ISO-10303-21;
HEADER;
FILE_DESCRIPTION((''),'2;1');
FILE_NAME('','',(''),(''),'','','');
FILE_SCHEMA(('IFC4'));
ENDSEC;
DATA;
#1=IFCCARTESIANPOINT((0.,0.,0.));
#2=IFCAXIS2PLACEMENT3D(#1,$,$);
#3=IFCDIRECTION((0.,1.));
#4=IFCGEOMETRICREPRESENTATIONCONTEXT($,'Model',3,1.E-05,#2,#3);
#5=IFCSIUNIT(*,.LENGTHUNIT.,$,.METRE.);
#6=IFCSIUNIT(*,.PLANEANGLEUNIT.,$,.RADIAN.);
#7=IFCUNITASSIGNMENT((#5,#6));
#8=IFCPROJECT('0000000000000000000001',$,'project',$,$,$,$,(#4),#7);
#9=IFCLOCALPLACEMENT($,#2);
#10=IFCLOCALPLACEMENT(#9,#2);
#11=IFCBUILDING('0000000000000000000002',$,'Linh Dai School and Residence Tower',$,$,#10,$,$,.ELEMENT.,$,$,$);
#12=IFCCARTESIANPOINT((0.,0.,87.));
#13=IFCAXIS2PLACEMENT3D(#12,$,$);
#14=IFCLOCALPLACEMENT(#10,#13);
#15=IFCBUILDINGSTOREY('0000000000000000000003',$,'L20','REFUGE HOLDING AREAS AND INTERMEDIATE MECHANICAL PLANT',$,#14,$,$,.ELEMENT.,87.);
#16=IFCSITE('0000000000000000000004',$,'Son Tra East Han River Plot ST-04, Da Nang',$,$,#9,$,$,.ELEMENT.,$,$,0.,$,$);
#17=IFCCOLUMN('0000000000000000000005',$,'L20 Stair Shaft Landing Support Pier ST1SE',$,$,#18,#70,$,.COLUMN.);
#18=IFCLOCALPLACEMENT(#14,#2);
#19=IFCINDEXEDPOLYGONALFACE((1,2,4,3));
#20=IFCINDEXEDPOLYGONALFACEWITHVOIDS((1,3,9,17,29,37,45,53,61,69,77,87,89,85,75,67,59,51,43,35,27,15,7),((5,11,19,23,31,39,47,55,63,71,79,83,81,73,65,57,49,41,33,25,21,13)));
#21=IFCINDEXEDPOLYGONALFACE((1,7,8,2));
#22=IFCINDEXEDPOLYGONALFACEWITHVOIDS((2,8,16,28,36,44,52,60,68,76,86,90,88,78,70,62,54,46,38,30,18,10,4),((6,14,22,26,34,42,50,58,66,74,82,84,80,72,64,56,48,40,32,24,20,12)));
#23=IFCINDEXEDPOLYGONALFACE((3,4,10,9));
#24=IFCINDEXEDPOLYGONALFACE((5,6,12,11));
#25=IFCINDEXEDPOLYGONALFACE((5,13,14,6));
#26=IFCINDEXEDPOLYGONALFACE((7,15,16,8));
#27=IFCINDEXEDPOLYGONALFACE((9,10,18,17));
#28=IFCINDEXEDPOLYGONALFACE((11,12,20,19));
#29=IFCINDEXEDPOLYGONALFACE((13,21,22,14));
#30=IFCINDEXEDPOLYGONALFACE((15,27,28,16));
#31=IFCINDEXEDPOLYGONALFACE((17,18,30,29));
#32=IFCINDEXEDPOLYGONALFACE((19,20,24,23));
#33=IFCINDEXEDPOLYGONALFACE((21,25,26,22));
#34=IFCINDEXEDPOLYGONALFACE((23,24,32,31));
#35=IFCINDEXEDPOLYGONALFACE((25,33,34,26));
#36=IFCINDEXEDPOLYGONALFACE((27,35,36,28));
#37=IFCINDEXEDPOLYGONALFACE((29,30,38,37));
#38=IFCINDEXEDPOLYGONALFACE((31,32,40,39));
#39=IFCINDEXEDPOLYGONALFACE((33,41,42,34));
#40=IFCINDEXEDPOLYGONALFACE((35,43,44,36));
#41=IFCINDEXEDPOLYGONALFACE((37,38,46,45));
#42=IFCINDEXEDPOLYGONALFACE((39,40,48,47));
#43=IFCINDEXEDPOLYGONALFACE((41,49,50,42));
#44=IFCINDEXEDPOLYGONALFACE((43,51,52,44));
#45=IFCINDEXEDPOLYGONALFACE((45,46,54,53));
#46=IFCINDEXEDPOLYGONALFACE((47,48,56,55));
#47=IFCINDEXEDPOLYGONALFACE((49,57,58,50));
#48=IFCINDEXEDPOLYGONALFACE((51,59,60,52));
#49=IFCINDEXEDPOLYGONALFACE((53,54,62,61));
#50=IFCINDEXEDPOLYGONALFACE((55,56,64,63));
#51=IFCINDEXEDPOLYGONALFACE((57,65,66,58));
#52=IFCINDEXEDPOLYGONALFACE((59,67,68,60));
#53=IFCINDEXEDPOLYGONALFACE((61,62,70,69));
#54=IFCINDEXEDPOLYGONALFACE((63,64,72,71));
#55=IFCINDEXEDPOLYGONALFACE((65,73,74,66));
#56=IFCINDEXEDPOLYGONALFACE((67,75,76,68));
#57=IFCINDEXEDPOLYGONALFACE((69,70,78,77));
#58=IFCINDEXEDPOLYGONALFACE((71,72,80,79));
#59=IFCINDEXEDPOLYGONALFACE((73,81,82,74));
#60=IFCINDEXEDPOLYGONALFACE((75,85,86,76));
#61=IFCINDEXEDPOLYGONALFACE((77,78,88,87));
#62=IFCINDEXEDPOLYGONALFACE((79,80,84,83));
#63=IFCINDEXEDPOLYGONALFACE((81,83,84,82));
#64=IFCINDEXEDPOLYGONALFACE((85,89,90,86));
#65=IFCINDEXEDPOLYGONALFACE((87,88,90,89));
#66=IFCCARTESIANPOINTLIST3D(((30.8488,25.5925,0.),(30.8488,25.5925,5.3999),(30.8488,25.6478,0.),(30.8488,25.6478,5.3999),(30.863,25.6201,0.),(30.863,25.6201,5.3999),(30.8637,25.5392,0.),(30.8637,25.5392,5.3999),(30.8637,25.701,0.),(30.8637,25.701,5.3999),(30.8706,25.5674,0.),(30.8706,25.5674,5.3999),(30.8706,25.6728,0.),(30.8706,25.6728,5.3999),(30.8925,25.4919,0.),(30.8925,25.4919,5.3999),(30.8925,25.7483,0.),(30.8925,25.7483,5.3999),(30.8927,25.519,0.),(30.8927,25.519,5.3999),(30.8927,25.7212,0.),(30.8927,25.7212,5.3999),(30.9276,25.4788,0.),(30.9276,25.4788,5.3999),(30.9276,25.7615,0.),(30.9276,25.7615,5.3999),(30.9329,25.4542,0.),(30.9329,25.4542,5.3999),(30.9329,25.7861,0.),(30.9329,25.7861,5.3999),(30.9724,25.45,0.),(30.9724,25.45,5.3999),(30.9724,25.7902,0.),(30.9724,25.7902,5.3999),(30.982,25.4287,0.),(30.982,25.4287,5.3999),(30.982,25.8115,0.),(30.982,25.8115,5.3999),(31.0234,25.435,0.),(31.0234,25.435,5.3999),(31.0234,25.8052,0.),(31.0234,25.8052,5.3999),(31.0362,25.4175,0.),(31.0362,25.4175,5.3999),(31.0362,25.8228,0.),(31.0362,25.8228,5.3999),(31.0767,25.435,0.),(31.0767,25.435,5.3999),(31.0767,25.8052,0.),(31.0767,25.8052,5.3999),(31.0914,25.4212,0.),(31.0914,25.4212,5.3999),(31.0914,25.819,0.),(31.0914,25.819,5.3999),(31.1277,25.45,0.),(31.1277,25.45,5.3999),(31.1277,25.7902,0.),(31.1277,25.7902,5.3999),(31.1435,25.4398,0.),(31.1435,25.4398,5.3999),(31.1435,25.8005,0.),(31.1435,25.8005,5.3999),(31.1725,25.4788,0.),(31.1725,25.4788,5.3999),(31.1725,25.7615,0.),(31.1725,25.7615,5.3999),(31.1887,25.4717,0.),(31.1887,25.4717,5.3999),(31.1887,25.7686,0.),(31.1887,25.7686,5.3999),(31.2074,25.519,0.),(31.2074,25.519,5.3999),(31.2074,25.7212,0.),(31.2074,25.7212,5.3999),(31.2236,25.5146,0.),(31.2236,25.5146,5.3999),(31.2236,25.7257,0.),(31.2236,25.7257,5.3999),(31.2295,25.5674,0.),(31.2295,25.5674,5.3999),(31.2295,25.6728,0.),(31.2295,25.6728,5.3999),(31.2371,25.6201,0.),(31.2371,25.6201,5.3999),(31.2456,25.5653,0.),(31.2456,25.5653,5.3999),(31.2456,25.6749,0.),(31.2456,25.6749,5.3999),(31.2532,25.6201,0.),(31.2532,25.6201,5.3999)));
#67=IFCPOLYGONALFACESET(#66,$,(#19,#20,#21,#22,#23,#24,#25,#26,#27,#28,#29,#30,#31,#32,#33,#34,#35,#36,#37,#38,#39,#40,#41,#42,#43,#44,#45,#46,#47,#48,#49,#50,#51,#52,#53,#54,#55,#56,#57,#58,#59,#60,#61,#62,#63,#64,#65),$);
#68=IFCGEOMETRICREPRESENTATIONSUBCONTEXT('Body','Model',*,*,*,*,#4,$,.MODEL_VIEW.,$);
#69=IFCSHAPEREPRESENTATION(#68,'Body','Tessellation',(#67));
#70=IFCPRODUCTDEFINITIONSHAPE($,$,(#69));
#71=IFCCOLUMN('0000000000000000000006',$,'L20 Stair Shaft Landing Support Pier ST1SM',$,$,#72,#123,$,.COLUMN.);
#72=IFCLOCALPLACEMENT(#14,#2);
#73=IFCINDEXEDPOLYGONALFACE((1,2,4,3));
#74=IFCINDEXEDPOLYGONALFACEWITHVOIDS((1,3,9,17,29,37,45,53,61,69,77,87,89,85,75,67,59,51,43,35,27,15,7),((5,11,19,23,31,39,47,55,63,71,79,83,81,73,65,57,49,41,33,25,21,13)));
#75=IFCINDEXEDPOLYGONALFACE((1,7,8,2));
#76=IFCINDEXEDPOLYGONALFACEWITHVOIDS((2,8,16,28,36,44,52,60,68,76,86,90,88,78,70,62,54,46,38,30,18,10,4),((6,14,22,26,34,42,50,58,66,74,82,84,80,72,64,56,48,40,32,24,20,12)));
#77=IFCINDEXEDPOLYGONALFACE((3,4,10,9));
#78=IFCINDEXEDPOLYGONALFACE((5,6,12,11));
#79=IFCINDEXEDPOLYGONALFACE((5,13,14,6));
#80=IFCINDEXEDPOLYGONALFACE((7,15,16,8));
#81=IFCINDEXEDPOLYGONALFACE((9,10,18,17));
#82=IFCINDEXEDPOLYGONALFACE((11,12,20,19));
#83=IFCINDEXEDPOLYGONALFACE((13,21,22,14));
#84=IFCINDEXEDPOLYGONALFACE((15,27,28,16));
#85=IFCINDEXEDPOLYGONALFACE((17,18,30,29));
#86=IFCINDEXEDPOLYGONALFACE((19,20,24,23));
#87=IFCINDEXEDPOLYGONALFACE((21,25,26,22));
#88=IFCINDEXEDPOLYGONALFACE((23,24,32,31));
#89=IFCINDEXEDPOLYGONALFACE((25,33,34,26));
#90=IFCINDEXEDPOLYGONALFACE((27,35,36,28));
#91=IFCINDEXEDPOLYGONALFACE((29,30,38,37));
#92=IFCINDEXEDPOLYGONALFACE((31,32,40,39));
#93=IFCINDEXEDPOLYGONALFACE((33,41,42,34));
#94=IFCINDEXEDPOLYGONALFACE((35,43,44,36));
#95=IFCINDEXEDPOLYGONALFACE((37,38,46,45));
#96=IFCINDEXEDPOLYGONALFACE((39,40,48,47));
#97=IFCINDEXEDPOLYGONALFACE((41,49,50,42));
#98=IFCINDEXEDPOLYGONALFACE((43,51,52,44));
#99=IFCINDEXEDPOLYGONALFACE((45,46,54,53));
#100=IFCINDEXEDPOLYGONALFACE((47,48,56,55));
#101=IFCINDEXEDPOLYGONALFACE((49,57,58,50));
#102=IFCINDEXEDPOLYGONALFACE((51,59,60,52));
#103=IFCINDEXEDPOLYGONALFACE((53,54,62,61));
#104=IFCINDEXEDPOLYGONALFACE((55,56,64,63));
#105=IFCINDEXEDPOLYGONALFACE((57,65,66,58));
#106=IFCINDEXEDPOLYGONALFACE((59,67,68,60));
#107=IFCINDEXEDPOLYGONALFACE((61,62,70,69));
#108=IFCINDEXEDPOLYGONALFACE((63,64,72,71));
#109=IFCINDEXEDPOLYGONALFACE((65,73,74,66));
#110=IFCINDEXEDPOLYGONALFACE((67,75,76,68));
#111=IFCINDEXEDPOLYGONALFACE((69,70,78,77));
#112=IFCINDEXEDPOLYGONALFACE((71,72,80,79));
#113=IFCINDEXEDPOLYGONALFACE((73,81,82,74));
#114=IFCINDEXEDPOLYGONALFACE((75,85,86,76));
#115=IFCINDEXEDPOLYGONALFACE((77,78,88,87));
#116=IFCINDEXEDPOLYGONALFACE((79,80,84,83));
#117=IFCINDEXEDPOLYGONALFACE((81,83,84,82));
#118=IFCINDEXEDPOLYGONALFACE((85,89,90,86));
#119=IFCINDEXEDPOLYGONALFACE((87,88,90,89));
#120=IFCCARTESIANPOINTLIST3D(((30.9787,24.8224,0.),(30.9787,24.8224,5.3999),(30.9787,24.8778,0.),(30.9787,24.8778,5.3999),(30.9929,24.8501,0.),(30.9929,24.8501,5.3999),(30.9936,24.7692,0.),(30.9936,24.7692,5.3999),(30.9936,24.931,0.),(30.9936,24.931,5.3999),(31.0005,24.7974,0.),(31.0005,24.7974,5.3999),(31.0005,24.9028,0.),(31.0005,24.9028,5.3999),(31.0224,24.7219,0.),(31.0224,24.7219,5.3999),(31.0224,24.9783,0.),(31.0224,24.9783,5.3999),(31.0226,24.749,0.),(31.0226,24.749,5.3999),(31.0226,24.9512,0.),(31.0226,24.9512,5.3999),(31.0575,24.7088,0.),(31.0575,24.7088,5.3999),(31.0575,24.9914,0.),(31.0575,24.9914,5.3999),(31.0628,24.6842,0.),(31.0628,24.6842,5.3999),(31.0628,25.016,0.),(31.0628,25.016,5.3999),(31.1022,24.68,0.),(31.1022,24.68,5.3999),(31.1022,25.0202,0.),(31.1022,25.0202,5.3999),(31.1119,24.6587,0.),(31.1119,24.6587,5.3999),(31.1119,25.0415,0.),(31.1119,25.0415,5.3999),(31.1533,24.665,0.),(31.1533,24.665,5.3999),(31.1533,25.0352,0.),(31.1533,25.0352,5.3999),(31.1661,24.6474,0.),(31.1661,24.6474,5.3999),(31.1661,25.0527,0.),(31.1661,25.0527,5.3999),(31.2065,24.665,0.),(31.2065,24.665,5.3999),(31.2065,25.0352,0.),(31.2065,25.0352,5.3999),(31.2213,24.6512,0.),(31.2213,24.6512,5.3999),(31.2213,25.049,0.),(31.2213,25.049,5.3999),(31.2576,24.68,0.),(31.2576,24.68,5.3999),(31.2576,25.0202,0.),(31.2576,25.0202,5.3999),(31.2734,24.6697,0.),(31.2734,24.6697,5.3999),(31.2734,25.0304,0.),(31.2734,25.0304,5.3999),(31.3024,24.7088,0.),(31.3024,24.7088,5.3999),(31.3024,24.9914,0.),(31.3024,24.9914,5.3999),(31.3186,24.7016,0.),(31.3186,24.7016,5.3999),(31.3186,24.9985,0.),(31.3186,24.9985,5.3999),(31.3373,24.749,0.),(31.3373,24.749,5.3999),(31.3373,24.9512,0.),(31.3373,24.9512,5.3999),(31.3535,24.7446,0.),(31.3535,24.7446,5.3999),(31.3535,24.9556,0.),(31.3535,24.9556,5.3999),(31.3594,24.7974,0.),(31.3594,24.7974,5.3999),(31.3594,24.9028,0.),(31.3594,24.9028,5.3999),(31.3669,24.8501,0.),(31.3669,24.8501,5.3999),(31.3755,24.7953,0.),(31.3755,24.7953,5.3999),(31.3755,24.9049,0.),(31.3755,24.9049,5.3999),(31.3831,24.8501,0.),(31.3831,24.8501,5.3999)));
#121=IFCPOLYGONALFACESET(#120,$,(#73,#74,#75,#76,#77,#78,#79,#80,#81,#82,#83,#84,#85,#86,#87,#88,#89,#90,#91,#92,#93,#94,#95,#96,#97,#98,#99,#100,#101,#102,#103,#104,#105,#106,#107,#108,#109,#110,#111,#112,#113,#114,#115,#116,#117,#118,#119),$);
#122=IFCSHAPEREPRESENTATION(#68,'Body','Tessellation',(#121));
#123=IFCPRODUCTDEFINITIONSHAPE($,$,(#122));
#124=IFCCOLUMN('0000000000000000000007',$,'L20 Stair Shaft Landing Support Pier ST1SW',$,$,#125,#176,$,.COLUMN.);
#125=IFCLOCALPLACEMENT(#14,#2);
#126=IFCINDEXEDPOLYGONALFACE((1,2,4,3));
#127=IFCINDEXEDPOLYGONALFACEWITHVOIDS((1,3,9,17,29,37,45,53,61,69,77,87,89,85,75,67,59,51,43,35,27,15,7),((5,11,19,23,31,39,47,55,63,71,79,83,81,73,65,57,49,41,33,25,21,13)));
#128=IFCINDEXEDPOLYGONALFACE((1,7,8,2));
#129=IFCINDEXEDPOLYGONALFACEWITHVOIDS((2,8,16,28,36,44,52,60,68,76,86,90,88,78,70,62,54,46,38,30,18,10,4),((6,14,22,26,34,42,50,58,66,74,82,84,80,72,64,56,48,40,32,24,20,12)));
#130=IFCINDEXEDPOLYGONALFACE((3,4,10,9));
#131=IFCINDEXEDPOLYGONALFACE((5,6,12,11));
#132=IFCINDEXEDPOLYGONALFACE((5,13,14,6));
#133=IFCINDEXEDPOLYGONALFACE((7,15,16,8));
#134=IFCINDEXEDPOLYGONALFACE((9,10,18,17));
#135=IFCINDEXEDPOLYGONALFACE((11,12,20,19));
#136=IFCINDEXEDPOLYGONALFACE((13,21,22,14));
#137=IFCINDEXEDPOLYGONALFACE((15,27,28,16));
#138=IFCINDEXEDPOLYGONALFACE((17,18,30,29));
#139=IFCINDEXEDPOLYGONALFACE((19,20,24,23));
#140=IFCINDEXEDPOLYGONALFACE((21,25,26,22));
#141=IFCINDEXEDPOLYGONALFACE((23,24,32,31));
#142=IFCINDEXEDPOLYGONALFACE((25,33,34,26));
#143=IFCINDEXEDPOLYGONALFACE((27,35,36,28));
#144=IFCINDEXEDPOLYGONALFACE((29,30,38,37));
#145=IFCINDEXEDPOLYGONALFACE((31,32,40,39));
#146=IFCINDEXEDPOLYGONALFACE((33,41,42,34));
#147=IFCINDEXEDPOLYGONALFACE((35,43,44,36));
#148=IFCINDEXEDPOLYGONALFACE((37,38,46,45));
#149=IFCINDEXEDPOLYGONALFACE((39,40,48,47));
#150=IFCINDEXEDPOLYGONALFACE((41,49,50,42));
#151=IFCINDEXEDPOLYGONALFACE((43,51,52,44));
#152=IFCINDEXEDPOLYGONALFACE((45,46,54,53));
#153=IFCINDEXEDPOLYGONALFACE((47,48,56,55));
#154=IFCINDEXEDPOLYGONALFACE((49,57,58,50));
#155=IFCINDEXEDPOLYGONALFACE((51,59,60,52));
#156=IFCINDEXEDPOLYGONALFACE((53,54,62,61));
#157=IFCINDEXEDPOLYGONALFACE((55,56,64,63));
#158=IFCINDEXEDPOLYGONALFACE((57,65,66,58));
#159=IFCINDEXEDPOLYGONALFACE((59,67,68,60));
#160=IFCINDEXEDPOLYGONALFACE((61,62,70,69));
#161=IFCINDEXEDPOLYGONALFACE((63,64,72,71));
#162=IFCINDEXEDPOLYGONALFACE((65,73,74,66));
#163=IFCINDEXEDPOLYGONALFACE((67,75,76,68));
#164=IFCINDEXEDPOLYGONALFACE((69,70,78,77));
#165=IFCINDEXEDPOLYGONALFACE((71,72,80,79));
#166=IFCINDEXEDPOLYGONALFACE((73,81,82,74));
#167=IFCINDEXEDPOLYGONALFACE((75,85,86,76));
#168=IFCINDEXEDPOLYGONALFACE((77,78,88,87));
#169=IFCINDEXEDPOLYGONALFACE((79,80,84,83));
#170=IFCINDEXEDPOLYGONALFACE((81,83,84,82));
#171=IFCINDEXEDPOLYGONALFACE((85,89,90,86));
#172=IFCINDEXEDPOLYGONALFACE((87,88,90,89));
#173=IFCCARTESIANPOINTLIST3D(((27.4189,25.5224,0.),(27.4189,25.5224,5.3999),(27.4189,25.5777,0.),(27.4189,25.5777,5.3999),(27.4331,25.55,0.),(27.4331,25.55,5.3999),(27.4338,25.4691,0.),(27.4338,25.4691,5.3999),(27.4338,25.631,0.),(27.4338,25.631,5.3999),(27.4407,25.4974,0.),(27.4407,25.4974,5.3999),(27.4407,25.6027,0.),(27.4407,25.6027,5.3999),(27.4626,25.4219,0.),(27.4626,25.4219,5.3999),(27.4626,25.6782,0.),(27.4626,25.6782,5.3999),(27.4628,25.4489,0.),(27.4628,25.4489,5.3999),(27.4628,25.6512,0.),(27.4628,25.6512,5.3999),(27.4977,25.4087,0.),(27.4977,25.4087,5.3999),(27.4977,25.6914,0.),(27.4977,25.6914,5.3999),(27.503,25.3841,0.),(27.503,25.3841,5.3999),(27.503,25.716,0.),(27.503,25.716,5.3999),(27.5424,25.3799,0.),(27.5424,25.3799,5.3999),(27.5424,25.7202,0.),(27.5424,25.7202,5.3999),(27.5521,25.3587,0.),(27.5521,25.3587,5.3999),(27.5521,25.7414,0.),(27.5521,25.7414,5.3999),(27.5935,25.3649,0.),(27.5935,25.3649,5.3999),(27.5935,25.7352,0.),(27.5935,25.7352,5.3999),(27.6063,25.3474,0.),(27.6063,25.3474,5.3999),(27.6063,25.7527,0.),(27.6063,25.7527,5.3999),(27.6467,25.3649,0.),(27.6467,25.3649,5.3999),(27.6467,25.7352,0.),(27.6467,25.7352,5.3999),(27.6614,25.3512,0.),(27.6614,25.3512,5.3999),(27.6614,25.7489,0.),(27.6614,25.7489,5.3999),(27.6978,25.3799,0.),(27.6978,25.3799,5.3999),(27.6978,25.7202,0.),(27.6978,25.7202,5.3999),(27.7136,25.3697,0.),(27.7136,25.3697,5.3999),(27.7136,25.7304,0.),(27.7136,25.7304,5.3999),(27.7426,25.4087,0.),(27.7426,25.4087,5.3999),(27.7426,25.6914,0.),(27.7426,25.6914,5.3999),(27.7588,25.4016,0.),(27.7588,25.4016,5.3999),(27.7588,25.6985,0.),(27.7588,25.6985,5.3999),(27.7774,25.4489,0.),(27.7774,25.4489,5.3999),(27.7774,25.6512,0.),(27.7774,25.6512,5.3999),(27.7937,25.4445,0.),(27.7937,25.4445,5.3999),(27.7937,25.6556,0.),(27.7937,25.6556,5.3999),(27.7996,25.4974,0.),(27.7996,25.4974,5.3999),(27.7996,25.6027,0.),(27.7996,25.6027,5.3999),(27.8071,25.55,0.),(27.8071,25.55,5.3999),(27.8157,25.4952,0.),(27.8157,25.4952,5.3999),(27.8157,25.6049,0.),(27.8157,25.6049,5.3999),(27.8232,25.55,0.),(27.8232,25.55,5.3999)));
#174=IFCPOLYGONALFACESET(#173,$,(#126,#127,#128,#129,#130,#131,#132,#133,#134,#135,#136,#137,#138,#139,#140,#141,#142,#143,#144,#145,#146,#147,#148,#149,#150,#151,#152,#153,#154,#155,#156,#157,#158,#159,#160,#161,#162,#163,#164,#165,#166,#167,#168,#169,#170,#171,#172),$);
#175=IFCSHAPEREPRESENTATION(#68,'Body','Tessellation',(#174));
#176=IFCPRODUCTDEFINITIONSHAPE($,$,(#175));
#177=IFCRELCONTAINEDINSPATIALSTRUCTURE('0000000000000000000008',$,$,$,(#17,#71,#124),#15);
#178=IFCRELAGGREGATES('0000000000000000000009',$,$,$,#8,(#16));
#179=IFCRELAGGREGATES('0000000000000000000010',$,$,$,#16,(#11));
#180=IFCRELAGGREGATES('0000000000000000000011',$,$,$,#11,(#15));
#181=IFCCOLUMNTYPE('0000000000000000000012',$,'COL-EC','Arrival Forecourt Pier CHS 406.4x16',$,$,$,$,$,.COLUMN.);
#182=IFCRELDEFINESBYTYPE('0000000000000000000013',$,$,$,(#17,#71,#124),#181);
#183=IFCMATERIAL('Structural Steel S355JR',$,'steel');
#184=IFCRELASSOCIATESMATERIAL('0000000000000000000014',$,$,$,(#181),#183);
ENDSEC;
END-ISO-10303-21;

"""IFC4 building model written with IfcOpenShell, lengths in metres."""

from ifc_helpers import new_model, si_unit, direction, frame, origin, origin_2d, place, context, subcontext, project, spatial, hollow_circle, extrude, material, material_profile, profile_set, type_object, element, save


model = new_model("IFC4")

# Units and contexts
model_context = context("Model", 3, precision=1e-05, world=origin(), true_north=direction((0.0, 1.0)))
body_context = subcontext(model_context, "Body", "Model", "MODEL_VIEW")
ifc_project = project(units=[si_unit("LENGTHUNIT", "METRE"), si_unit("PLANEANGLEUNIT", "RADIAN")], contexts=[model_context])

# Site, building, storey
site_placement = place(None, origin())
site = spatial("IfcSite", under=ifc_project, at=site_placement, Name="Son Tra East Han River Plot ST-04, Da Nang", CompositionType="ELEMENT", RefElevation=0.0)
building_placement = place(site_placement, origin())
building = spatial("IfcBuilding", under=site, at=building_placement, Name="Linh Dai School and Residence Tower", CompositionType="ELEMENT")
storey_placement = place(building_placement, frame((0.0, 0.0, 87.0)))
storey = spatial("IfcBuildingStorey", under=building, at=storey_placement, Name="L20", Description="REFUGE HOLDING AREAS AND INTERMEDIATE MECHANICAL PLANT", CompositionType="ELEMENT", Elevation=87.0)

# Columns
ifc_material_1 = material(Name="Structural Steel S355JR", Category="steel")
ifc_material_profile_1 = material_profile(ifc_material_1, hollow_circle(Radius=0.2031, WallThickness=0.0161, at=origin_2d()), Name="CHS 406.4x16")
ifc_profile_set_1 = profile_set([ifc_material_profile_1], Name="Structural Steel S355JR")
column_type_1 = type_object("IfcColumnType", Name="COL-EC", Description="Arrival Forecourt Pier CHS 406.4x16", PredefinedType="COLUMN", material=ifc_profile_set_1)
for number, where, z_axis, x_axis, name in (
    (1, (31.05, 25.6201, 0.0), (0.0, 0.0, 1.0), (1.0, 0.0, 0.0), "L20 Stair Shaft Landing Support Pier ST1SE"),
    (2, (31.1799, 24.8501, 0.0), (0.0, 0.0, 1.0), (1.0, 0.0, 0.0), "L20 Stair Shaft Landing Support Pier ST1SM"),
    (3, (27.6201, 25.55, 0.0), (0.0, 0.0, 1.0), (1.0, 0.0, 0.0), "L20 Stair Shaft Landing Support Pier ST1SW"),
):
    element("IfcColumn", number, at=place(storey_placement, frame(where, z_axis=z_axis, x_axis=x_axis)), inside=storey, type_object=column_type_1, Name=name, PredefinedType="COLUMN", context=body_context, shape_type="SweptSolid", body=[
        extrude(hollow_circle(Radius=0.2031, WallThickness=0.0161, at=origin_2d()), origin(), (0.0, 0.0, 1.0), 5.3999),
    ])

save(model, "model.ifc")
